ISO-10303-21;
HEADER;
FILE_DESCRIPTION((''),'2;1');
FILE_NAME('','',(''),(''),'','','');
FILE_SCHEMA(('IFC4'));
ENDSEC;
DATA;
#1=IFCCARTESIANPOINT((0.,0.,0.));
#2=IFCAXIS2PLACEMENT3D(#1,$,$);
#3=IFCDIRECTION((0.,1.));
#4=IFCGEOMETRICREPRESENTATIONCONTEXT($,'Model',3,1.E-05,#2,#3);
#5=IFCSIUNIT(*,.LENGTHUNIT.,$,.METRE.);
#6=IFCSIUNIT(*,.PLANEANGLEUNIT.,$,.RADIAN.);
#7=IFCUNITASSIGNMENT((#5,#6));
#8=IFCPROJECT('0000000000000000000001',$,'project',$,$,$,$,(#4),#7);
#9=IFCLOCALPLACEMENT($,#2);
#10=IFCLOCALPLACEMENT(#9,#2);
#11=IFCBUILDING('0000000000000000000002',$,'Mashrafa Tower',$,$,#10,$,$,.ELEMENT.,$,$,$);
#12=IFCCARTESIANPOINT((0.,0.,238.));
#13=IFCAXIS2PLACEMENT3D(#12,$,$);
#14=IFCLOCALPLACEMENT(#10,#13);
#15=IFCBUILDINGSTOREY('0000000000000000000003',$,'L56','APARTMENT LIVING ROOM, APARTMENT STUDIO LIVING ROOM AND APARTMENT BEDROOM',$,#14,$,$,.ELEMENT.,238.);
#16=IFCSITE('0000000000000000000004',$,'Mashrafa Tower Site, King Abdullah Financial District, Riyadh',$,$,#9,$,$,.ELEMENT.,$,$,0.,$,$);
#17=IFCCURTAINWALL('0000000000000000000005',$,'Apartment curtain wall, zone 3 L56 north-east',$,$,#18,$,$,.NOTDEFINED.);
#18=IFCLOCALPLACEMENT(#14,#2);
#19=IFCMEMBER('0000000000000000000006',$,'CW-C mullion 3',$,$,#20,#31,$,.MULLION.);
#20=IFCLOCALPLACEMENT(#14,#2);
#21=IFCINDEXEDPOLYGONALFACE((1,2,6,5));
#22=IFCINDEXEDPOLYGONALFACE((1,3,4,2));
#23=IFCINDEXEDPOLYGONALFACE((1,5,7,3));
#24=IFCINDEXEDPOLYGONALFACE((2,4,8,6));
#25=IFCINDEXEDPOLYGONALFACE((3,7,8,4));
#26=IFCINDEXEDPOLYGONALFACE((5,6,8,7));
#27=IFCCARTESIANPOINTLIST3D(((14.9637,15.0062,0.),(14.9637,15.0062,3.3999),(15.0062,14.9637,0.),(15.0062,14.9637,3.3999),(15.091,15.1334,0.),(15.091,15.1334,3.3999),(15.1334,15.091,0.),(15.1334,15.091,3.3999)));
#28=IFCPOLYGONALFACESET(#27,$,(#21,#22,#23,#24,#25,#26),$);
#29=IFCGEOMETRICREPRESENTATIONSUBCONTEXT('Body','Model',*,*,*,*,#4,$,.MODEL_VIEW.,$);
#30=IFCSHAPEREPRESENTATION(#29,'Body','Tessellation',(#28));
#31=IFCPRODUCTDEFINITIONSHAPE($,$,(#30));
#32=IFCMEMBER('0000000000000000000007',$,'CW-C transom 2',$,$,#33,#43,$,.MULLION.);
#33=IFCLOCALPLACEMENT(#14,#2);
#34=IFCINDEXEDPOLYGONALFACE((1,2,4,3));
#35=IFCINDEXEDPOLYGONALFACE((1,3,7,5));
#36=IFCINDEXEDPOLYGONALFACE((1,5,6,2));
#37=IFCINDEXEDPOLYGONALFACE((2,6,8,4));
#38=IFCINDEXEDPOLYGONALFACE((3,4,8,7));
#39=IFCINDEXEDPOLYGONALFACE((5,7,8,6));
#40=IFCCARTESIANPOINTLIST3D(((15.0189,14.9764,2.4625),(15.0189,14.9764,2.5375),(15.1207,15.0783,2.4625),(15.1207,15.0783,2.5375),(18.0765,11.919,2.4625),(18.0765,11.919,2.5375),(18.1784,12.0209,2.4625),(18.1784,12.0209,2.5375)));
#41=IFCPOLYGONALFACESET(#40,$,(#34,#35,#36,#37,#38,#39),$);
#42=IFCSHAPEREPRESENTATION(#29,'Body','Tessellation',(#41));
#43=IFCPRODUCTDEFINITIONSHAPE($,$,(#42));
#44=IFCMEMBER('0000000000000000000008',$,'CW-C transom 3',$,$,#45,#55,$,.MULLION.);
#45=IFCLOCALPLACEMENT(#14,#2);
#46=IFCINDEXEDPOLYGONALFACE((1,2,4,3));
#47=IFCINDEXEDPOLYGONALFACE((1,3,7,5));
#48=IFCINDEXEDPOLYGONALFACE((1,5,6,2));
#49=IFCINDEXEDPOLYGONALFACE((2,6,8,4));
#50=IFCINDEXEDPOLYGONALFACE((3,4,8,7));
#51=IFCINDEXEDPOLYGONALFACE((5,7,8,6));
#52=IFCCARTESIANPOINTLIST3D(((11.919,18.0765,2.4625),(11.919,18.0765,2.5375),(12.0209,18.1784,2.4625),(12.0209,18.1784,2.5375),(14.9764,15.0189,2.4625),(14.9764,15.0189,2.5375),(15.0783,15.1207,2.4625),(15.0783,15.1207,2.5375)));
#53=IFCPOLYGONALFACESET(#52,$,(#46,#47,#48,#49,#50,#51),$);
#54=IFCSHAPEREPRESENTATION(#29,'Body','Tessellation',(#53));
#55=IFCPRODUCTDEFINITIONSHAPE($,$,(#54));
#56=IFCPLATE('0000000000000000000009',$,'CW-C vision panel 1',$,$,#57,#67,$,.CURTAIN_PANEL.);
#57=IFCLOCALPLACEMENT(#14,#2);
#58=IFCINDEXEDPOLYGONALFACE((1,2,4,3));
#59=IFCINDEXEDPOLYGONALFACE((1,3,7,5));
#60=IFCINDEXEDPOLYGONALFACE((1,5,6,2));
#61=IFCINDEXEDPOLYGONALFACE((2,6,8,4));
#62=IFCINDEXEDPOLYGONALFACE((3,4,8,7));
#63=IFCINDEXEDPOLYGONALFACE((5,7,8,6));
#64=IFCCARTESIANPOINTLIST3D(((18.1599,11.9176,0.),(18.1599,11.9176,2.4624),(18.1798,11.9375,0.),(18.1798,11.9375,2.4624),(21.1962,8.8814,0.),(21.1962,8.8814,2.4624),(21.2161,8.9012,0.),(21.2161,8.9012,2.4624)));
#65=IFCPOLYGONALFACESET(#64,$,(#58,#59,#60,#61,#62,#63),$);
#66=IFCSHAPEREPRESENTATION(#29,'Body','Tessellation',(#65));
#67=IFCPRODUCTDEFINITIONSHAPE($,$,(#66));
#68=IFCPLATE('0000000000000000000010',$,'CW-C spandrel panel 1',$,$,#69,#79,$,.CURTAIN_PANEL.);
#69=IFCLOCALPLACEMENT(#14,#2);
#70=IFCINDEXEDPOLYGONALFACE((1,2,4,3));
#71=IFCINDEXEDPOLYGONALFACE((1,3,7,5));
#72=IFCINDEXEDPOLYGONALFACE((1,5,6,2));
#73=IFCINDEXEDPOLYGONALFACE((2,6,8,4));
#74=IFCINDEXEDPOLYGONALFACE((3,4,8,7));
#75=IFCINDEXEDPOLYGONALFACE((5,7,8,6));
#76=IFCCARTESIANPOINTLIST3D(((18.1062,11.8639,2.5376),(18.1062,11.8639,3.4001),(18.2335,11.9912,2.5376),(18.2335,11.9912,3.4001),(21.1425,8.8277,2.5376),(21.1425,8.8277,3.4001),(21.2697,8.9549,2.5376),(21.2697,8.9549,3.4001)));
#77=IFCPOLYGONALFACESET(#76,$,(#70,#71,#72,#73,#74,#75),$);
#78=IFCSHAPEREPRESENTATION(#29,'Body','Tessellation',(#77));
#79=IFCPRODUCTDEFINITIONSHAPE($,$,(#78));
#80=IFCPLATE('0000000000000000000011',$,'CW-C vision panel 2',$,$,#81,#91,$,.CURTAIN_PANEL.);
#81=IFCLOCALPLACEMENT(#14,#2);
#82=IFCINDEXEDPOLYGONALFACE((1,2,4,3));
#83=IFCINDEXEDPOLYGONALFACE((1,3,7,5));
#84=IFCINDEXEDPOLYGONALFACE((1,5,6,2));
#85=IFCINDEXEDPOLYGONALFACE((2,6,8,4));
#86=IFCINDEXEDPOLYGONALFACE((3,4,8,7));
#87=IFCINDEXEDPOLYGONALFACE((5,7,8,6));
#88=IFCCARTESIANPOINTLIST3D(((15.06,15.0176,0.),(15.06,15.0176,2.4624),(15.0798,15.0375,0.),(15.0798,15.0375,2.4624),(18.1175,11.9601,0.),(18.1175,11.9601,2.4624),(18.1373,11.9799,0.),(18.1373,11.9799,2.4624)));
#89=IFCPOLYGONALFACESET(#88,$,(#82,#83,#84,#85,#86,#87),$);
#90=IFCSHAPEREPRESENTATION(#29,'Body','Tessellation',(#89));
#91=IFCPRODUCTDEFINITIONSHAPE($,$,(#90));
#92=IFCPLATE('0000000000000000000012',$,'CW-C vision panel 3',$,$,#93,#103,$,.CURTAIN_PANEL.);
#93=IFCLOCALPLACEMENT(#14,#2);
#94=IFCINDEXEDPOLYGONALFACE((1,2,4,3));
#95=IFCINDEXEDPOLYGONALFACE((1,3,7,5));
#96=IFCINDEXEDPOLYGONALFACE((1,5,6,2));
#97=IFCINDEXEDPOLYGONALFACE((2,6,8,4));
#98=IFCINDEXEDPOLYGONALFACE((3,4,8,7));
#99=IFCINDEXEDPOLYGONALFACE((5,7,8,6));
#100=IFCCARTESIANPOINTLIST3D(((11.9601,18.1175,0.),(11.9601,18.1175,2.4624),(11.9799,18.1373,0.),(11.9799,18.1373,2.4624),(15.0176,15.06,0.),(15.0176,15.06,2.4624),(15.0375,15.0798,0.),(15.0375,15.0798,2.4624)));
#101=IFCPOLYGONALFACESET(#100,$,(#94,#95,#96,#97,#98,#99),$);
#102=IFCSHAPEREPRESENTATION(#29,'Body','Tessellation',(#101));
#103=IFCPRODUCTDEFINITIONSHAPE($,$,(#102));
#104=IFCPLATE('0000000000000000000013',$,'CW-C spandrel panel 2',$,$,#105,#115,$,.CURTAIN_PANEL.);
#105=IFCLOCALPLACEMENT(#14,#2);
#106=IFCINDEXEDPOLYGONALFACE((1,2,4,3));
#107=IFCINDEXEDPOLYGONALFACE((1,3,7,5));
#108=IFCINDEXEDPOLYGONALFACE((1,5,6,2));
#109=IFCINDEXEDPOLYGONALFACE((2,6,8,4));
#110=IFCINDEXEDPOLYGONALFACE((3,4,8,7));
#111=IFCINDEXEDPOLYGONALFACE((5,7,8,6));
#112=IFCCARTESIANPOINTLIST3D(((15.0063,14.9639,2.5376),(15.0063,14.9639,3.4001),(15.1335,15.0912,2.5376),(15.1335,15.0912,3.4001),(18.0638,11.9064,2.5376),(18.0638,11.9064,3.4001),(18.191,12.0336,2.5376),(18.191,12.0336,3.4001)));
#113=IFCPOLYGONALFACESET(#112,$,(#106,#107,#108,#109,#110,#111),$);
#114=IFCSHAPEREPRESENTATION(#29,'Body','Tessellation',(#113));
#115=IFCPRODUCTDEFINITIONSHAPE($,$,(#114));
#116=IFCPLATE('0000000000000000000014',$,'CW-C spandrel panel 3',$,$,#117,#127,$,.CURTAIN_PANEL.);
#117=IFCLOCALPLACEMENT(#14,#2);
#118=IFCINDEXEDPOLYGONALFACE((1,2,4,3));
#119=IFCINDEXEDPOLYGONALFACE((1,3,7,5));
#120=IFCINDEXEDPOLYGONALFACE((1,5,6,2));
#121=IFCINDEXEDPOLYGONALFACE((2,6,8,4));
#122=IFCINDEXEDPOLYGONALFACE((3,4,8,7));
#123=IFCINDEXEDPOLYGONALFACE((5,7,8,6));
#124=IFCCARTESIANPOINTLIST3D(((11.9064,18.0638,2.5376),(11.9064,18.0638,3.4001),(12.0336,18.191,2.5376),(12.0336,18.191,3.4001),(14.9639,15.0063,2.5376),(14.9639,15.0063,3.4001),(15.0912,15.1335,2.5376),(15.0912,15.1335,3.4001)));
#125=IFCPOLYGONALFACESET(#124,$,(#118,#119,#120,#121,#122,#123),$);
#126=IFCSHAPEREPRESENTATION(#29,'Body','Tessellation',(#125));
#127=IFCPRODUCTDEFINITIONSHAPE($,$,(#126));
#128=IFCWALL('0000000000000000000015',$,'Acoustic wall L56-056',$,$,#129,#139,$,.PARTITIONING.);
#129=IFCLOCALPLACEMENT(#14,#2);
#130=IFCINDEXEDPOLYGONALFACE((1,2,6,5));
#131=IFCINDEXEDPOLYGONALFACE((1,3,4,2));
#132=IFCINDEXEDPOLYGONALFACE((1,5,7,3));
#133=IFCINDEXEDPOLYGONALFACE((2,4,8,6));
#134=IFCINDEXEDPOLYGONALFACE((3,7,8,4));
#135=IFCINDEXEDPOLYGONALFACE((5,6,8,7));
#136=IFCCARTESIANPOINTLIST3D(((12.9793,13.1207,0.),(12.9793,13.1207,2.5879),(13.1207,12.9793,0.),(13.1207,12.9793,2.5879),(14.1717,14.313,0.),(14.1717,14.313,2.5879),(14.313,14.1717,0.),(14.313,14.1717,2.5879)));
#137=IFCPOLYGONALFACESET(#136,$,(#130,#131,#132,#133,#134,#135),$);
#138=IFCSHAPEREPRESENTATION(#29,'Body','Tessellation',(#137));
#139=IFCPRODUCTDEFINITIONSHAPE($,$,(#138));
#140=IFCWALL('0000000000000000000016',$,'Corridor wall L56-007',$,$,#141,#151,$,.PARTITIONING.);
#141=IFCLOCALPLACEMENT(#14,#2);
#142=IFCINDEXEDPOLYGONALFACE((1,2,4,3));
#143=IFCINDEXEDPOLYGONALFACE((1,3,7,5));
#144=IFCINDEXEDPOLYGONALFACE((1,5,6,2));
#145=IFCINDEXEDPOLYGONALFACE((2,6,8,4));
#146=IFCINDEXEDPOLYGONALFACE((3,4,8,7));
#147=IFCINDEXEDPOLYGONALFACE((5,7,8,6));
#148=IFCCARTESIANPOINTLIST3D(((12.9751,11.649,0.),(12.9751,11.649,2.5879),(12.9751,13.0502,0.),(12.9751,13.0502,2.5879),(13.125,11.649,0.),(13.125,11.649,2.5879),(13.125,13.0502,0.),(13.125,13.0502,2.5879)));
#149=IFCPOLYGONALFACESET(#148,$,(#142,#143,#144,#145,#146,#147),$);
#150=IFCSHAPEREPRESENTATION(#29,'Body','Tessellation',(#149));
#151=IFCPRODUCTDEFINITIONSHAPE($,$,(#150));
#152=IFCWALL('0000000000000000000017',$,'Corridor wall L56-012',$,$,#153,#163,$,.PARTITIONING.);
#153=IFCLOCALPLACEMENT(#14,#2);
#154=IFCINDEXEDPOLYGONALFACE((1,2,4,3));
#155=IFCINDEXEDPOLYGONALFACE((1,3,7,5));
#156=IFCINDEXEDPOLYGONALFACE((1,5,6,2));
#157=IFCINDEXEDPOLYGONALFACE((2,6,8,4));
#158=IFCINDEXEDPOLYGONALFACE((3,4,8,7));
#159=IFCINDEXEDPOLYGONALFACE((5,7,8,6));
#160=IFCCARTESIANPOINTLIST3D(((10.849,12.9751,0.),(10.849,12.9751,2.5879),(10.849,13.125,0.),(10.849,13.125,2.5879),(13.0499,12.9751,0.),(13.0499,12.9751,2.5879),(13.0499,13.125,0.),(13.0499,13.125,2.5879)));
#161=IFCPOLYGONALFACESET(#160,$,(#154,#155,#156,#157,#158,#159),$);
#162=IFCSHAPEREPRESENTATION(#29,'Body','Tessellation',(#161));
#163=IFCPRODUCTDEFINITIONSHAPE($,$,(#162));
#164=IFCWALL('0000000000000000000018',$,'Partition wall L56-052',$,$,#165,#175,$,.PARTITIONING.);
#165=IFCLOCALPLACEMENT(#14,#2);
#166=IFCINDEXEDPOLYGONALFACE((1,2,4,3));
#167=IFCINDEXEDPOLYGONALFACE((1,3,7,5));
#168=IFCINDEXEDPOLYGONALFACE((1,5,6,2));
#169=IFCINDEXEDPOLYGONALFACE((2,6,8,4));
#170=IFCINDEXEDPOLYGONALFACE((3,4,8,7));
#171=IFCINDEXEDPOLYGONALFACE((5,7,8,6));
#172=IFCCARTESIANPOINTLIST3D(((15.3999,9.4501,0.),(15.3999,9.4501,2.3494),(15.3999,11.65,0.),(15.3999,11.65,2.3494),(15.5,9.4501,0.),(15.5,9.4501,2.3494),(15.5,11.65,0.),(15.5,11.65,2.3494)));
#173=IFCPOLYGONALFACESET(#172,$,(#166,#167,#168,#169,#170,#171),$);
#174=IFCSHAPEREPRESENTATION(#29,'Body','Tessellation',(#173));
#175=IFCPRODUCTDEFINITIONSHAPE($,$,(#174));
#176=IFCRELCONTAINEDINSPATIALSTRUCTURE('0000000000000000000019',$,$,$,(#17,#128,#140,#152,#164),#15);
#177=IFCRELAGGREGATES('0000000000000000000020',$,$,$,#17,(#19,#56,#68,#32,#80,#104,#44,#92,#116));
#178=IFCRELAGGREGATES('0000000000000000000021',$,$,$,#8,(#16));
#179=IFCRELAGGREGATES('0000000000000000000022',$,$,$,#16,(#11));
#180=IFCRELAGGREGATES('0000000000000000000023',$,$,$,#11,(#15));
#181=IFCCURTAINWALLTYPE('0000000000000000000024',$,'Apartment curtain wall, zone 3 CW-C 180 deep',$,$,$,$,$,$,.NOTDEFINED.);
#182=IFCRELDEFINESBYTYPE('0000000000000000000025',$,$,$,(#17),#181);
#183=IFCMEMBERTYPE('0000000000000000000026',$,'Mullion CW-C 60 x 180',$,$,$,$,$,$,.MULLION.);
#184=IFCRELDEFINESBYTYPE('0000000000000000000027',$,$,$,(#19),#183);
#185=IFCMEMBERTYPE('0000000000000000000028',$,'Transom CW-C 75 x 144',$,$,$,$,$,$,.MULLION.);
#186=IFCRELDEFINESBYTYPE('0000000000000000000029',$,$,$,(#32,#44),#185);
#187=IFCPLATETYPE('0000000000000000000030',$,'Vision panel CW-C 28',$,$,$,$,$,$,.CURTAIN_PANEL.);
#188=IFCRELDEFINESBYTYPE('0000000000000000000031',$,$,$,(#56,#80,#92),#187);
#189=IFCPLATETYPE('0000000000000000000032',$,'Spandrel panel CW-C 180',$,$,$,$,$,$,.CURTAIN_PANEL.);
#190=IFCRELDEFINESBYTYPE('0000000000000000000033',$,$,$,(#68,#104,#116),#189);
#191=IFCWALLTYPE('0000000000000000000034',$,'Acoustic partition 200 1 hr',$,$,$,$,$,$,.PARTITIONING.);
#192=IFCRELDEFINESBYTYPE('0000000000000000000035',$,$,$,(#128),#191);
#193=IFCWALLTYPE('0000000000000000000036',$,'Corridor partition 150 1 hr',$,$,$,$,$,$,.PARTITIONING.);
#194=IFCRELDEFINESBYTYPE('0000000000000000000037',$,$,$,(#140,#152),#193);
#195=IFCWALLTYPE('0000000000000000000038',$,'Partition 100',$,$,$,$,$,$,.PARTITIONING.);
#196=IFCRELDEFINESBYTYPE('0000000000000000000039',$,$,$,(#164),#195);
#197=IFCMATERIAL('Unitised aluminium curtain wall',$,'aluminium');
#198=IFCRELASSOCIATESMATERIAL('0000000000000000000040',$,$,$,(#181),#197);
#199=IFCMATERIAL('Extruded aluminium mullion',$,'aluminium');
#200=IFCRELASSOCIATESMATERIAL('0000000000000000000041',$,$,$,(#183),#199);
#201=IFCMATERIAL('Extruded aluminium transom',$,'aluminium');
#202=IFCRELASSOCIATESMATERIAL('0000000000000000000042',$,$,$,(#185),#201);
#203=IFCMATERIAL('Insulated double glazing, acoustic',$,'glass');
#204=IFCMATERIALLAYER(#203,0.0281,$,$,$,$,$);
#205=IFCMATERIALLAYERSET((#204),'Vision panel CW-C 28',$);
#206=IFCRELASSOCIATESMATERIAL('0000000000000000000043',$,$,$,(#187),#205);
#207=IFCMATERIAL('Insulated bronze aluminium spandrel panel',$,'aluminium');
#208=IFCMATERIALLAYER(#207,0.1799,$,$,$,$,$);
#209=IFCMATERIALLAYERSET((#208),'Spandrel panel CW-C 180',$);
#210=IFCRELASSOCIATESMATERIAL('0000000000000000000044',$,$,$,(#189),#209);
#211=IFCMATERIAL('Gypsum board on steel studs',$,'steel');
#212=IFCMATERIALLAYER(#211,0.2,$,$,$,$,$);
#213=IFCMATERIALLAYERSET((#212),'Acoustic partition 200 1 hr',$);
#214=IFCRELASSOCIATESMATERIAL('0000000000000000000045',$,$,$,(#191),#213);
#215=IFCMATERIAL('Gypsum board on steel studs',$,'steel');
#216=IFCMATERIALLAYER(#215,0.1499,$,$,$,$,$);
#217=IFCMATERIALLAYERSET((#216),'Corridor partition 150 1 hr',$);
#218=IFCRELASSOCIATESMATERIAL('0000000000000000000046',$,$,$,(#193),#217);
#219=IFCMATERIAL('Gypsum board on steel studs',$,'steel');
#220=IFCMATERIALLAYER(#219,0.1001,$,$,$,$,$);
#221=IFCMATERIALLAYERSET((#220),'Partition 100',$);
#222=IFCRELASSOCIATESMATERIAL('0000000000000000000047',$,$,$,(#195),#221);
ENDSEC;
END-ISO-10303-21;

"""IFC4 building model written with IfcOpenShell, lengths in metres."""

from ifc_helpers import new_model, si_unit, direction, frame, frame_2d, origin, origin_2d, place, context, subcontext, project, spatial, rectangle, extrude, source, transform, mapped, material, layer, layer_set, material_profile, profile_set, type_object, type_shapes, element, aggregate, save


model = new_model("IFC4")

# Units and contexts
model_context = context("Model", 3, precision=1e-05, world=origin(), true_north=direction((0.0, 1.0)))
body_context = subcontext(model_context, "Body", "Model", "MODEL_VIEW")
ifc_project = project(units=[si_unit("LENGTHUNIT", "METRE"), si_unit("PLANEANGLEUNIT", "RADIAN")], contexts=[model_context])

# Site, building, storey
site_placement = place(None, origin())
site = spatial("IfcSite", under=ifc_project, at=site_placement, Name="Mashrafa Tower Site, King Abdullah Financial District, Riyadh", CompositionType="ELEMENT", RefElevation=0.0)
building_placement = place(site_placement, origin())
building = spatial("IfcBuilding", under=site, at=building_placement, Name="Mashrafa Tower", CompositionType="ELEMENT")
storey_placement = place(building_placement, frame((0.0, 0.0, 238.0)))
storey = spatial("IfcBuildingStorey", under=building, at=storey_placement, Name="L56", Description="APARTMENT LIVING ROOM, APARTMENT STUDIO LIVING ROOM AND APARTMENT BEDROOM", CompositionType="ELEMENT", Elevation=238.0)

# Curtain wall, members, plates
ifc_material_1 = material(Name="Unitised aluminium curtain wall", Category="aluminium")
curtain_wall_type = type_object("IfcCurtainWallType", Name="Apartment curtain wall, zone 3 CW-C 180 deep", PredefinedType="NOTDEFINED", material=ifc_material_1)
curtain_wall_placement = place(storey_placement, origin())
curtain_wall = element("IfcCurtainWall", 1, at=curtain_wall_placement, inside=storey, type_object=curtain_wall_type, Name="Apartment curtain wall, zone 3 L56 north-east", PredefinedType="NOTDEFINED")
ifc_material_2 = material(Name="Extruded aluminium mullion", Category="aluminium")
ifc_material_profile_1 = material_profile(ifc_material_2, rectangle(XDim=0.1799, YDim=0.0601, at=origin_2d()), Name="Mullion 60x180")
ifc_profile_set_1 = profile_set([ifc_material_profile_1], Name="Extruded aluminium mullion")
member_type_1 = type_object("IfcMemberType", Name="Mullion CW-C 60 x 180", PredefinedType="MULLION", material=ifc_profile_set_1)
shared_shape_1 = source(origin(), body_context, "Body", "SweptSolid", [
    extrude(rectangle(XDim=0.1799, YDim=0.0601, at=origin_2d()), origin(), (0.0, 0.0, 1.0), 3.3999),
])
type_shapes(member_type_1, [shared_shape_1])
member_1_placement = place(storey_placement, frame((15.0486, 15.0486, 0.0), z_axis=(0.0, 0.0, 1.0), x_axis=(-0.707107, -0.707107, 0.0)))
member_1 = element("IfcMember", 2, at=member_1_placement, type_object=member_type_1, Name="CW-C mullion 3", PredefinedType="MULLION", context=body_context, shape_type="MappedRepresentation", body=[
    mapped(shared_shape_1, transform((0.0, 0.0, 0.0))),
])
ifc_material_3 = material(Name="Extruded aluminium transom", Category="aluminium")
ifc_material_profile_2 = material_profile(ifc_material_3, rectangle(XDim=0.144, YDim=0.075, at=origin_2d()), Name="Transom 75x144")
ifc_profile_set_2 = profile_set([ifc_material_profile_2], Name="Extruded aluminium transom")
member_type_2 = type_object("IfcMemberType", Name="Transom CW-C 75 x 144", PredefinedType="MULLION", material=ifc_profile_set_2)
shared_shape_2 = source(origin(), body_context, "Body", "SweptSolid", [
    extrude(rectangle(XDim=0.144, YDim=0.075, at=origin_2d()), origin(), (0.0, 0.0, 1.0), 4.324),
])
type_shapes(member_type_2, [shared_shape_2])
member_2_placement = place(storey_placement, frame((18.1274, 11.97, 2.5), z_axis=(-0.707135, 0.707079, 0.0), x_axis=(-0.707079, -0.707135, 0.0)))
member_2 = element("IfcMember", 3, at=member_2_placement, type_object=member_type_2, Name="CW-C transom 2", PredefinedType="MULLION", context=body_context, shape_type="MappedRepresentation", body=[
    mapped(shared_shape_2, transform((0.0, 0.0, 0.0))),
])
member_3_placement = place(storey_placement, frame((15.0273, 15.0698, 2.5), z_axis=(-0.707079, 0.707135, 0.0), x_axis=(-0.707135, -0.707079, 0.0)))
member_3 = element("IfcMember", 4, at=member_3_placement, type_object=member_type_2, Name="CW-C transom 3", PredefinedType="MULLION", context=body_context, shape_type="MappedRepresentation", body=[
    mapped(shared_shape_2, transform((0.0, 0.0, 0.0))),
])
ifc_material_4 = material(Name="Insulated double glazing, acoustic", Category="glass")
ifc_layer_1 = layer(ifc_material_4, 0.0281)
ifc_layer_set_1 = layer_set([ifc_layer_1], Name="Vision panel CW-C 28")
plate_type_1 = type_object("IfcPlateType", Name="Vision panel CW-C 28", PredefinedType="CURTAIN_PANEL", material=ifc_layer_set_1)
shared_shape_3 = source(origin(), body_context, "Body", "SweptSolid", [
    extrude(rectangle(XDim=4.2939, YDim=0.0281, at=origin_2d()), origin(), (0.0, 0.0, 1.0), 2.4624),
])
plate_1_placement = place(storey_placement, frame((19.688, 10.4094, 0.0), z_axis=(0.0, 0.0, 1.0), x_axis=(-0.707107, 0.707107, 0.0)))
plate_1 = element("IfcPlate", 5, at=plate_1_placement, type_object=plate_type_1, Name="CW-C vision panel 1", PredefinedType="CURTAIN_PANEL", context=body_context, shape_type="MappedRepresentation", body=[
    mapped(shared_shape_3, transform((0.0, 0.0, 0.0))),
])
ifc_material_5 = material(Name="Insulated bronze aluminium spandrel panel", Category="aluminium")
ifc_layer_2 = layer(ifc_material_5, 0.1799)
ifc_layer_set_2 = layer_set([ifc_layer_2], Name="Spandrel panel CW-C 180")
plate_type_2 = type_object("IfcPlateType", Name="Spandrel panel CW-C 180", PredefinedType="CURTAIN_PANEL", material=ifc_layer_set_2)
shared_shape_4 = source(origin(), body_context, "Body", "SweptSolid", [
    extrude(rectangle(XDim=4.2939, YDim=0.1799, at=origin_2d()), origin(), (0.0, 0.0, 1.0), 0.8625),
])
plate_2_placement = place(storey_placement, frame((19.688, 10.4094, 2.5376), z_axis=(0.0, 0.0, 1.0), x_axis=(-0.707107, 0.707107, 0.0)))
plate_2 = element("IfcPlate", 6, at=plate_2_placement, type_object=plate_type_2, Name="CW-C spandrel panel 1", PredefinedType="CURTAIN_PANEL", context=body_context, shape_type="MappedRepresentation", body=[
    mapped(shared_shape_4, transform((0.0, 0.0, 0.0))),
])
shared_shape_5 = source(origin(), body_context, "Body", "SweptSolid", [
    extrude(rectangle(XDim=4.324, YDim=0.0281, at=origin_2d()), origin(), (0.0, 0.0, 1.0), 2.4624),
])
type_shapes(plate_type_1, [shared_shape_3, shared_shape_5])
plate_3_placement = place(storey_placement, frame((16.5986, 13.4988, 0.0), z_axis=(0.0, 0.0, 1.0), x_axis=(-0.707107, 0.707107, 0.0)))
plate_3 = element("IfcPlate", 7, at=plate_3_placement, type_object=plate_type_1, Name="CW-C vision panel 2", PredefinedType="CURTAIN_PANEL", context=body_context, shape_type="MappedRepresentation", body=[
    mapped(shared_shape_5, transform((0.0, 0.0, 0.0))),
])
plate_4_placement = place(storey_placement, frame((13.4988, 16.5986, 0.0), z_axis=(0.0, 0.0, 1.0), x_axis=(-0.707107, 0.707107, 0.0)))
plate_4 = element("IfcPlate", 8, at=plate_4_placement, type_object=plate_type_1, Name="CW-C vision panel 3", PredefinedType="CURTAIN_PANEL", context=body_context, shape_type="MappedRepresentation", body=[
    mapped(shared_shape_5, transform((0.0, 0.0, 0.0))),
])
shared_shape_6 = source(origin(), body_context, "Body", "SweptSolid", [
    extrude(rectangle(XDim=4.324, YDim=0.1799, at=origin_2d()), origin(), (0.0, 0.0, 1.0), 0.8625),
])
type_shapes(plate_type_2, [shared_shape_4, shared_shape_6])
plate_5_placement = place(storey_placement, frame((16.5986, 13.4988, 2.5376), z_axis=(0.0, 0.0, 1.0), x_axis=(-0.707107, 0.707107, 0.0)))
plate_5 = element("IfcPlate", 9, at=plate_5_placement, type_object=plate_type_2, Name="CW-C spandrel panel 2", PredefinedType="CURTAIN_PANEL", context=body_context, shape_type="MappedRepresentation", body=[
    mapped(shared_shape_6, transform((0.0, 0.0, 0.0))),
])
plate_6_placement = place(storey_placement, frame((13.4988, 16.5986, 2.5376), z_axis=(0.0, 0.0, 1.0), x_axis=(-0.707107, 0.707107, 0.0)))
plate_6 = element("IfcPlate", 10, at=plate_6_placement, type_object=plate_type_2, Name="CW-C spandrel panel 3", PredefinedType="CURTAIN_PANEL", context=body_context, shape_type="MappedRepresentation", body=[
    mapped(shared_shape_6, transform((0.0, 0.0, 0.0))),
])
aggregate(curtain_wall, [member_1, plate_1, plate_2, member_2, plate_3, plate_5, member_3, plate_4, plate_6])

# Walls
ifc_material_6 = material(Name="Gypsum board on steel studs", Category="steel")
ifc_layer_3 = layer(ifc_material_6, 0.2)
ifc_layer_set_3 = layer_set([ifc_layer_3], Name="Acoustic partition 200 1 hr")
wall_type_1 = type_object("IfcWallType", Name="Acoustic partition 200 1 hr", PredefinedType="PARTITIONING", material=ifc_layer_set_3)
wall_1_placement = place(storey_placement, frame((14.2424, 14.2424, 0.0), z_axis=(0.0, 0.0, 1.0), x_axis=(-0.707107, -0.707107, 0.0)))
element("IfcWall", 11, at=wall_1_placement, inside=storey, type_object=wall_type_1, Name="Acoustic wall L56-056", PredefinedType="PARTITIONING", context=body_context, shape_type="SweptSolid", body=[
    extrude(rectangle(XDim=1.6863, YDim=0.2, at=frame_2d((0.8433, 0.0))), origin(), (0.0, 0.0, 1.0), 2.5879),
])
ifc_material_7 = material(Name="Gypsum board on steel studs", Category="steel")
ifc_layer_4 = layer(ifc_material_7, 0.1499)
ifc_layer_set_4 = layer_set([ifc_layer_4], Name="Corridor partition 150 1 hr")
wall_type_2 = type_object("IfcWallType", Name="Corridor partition 150 1 hr", PredefinedType="PARTITIONING", material=ifc_layer_set_4)
wall_2_placement = place(storey_placement, frame((13.05, 11.6489, 0.0), z_axis=(0.0, 0.0, 1.0), x_axis=(0.0, 1.0, 0.0)))
element("IfcWall", 12, at=wall_2_placement, inside=storey, type_object=wall_type_2, Name="Corridor wall L56-007", PredefinedType="PARTITIONING", context=body_context, shape_type="SweptSolid", body=[
    extrude(rectangle(XDim=1.4011, YDim=0.1499, at=frame_2d((0.7007, 0.0))), origin(), (0.0, 0.0, 1.0), 2.5879),
])
wall_3_placement = place(storey_placement, frame((13.05, 13.05, 0.0), z_axis=(0.0, 0.0, 1.0), x_axis=(-1.0, 0.0, 0.0)))
element("IfcWall", 13, at=wall_3_placement, inside=storey, type_object=wall_type_2, Name="Corridor wall L56-012", PredefinedType="PARTITIONING", context=body_context, shape_type="SweptSolid", body=[
    extrude(rectangle(XDim=2.2009, YDim=0.1499, at=frame_2d((1.1006, 0.0))), origin(), (0.0, 0.0, 1.0), 2.5879),
])
ifc_material_8 = material(Name="Gypsum board on steel studs", Category="steel")
ifc_layer_5 = layer(ifc_material_8, 0.1001)
ifc_layer_set_5 = layer_set([ifc_layer_5], Name="Partition 100")
wall_type_3 = type_object("IfcWallType", Name="Partition 100", PredefinedType="PARTITIONING", material=ifc_layer_set_5)
wall_4_placement = place(storey_placement, frame((15.45, 9.45, 0.0), z_axis=(0.0, 0.0, 1.0), x_axis=(0.0, 1.0, 0.0)))
element("IfcWall", 14, at=wall_4_placement, inside=storey, type_object=wall_type_3, Name="Partition wall L56-052", PredefinedType="PARTITIONING", context=body_context, shape_type="SweptSolid", body=[
    extrude(rectangle(XDim=2.2, YDim=0.1001, at=frame_2d((1.1001, 0.0))), origin(), (0.0, 0.0, 1.0), 2.3494),
])

save(model, "model.ifc")
